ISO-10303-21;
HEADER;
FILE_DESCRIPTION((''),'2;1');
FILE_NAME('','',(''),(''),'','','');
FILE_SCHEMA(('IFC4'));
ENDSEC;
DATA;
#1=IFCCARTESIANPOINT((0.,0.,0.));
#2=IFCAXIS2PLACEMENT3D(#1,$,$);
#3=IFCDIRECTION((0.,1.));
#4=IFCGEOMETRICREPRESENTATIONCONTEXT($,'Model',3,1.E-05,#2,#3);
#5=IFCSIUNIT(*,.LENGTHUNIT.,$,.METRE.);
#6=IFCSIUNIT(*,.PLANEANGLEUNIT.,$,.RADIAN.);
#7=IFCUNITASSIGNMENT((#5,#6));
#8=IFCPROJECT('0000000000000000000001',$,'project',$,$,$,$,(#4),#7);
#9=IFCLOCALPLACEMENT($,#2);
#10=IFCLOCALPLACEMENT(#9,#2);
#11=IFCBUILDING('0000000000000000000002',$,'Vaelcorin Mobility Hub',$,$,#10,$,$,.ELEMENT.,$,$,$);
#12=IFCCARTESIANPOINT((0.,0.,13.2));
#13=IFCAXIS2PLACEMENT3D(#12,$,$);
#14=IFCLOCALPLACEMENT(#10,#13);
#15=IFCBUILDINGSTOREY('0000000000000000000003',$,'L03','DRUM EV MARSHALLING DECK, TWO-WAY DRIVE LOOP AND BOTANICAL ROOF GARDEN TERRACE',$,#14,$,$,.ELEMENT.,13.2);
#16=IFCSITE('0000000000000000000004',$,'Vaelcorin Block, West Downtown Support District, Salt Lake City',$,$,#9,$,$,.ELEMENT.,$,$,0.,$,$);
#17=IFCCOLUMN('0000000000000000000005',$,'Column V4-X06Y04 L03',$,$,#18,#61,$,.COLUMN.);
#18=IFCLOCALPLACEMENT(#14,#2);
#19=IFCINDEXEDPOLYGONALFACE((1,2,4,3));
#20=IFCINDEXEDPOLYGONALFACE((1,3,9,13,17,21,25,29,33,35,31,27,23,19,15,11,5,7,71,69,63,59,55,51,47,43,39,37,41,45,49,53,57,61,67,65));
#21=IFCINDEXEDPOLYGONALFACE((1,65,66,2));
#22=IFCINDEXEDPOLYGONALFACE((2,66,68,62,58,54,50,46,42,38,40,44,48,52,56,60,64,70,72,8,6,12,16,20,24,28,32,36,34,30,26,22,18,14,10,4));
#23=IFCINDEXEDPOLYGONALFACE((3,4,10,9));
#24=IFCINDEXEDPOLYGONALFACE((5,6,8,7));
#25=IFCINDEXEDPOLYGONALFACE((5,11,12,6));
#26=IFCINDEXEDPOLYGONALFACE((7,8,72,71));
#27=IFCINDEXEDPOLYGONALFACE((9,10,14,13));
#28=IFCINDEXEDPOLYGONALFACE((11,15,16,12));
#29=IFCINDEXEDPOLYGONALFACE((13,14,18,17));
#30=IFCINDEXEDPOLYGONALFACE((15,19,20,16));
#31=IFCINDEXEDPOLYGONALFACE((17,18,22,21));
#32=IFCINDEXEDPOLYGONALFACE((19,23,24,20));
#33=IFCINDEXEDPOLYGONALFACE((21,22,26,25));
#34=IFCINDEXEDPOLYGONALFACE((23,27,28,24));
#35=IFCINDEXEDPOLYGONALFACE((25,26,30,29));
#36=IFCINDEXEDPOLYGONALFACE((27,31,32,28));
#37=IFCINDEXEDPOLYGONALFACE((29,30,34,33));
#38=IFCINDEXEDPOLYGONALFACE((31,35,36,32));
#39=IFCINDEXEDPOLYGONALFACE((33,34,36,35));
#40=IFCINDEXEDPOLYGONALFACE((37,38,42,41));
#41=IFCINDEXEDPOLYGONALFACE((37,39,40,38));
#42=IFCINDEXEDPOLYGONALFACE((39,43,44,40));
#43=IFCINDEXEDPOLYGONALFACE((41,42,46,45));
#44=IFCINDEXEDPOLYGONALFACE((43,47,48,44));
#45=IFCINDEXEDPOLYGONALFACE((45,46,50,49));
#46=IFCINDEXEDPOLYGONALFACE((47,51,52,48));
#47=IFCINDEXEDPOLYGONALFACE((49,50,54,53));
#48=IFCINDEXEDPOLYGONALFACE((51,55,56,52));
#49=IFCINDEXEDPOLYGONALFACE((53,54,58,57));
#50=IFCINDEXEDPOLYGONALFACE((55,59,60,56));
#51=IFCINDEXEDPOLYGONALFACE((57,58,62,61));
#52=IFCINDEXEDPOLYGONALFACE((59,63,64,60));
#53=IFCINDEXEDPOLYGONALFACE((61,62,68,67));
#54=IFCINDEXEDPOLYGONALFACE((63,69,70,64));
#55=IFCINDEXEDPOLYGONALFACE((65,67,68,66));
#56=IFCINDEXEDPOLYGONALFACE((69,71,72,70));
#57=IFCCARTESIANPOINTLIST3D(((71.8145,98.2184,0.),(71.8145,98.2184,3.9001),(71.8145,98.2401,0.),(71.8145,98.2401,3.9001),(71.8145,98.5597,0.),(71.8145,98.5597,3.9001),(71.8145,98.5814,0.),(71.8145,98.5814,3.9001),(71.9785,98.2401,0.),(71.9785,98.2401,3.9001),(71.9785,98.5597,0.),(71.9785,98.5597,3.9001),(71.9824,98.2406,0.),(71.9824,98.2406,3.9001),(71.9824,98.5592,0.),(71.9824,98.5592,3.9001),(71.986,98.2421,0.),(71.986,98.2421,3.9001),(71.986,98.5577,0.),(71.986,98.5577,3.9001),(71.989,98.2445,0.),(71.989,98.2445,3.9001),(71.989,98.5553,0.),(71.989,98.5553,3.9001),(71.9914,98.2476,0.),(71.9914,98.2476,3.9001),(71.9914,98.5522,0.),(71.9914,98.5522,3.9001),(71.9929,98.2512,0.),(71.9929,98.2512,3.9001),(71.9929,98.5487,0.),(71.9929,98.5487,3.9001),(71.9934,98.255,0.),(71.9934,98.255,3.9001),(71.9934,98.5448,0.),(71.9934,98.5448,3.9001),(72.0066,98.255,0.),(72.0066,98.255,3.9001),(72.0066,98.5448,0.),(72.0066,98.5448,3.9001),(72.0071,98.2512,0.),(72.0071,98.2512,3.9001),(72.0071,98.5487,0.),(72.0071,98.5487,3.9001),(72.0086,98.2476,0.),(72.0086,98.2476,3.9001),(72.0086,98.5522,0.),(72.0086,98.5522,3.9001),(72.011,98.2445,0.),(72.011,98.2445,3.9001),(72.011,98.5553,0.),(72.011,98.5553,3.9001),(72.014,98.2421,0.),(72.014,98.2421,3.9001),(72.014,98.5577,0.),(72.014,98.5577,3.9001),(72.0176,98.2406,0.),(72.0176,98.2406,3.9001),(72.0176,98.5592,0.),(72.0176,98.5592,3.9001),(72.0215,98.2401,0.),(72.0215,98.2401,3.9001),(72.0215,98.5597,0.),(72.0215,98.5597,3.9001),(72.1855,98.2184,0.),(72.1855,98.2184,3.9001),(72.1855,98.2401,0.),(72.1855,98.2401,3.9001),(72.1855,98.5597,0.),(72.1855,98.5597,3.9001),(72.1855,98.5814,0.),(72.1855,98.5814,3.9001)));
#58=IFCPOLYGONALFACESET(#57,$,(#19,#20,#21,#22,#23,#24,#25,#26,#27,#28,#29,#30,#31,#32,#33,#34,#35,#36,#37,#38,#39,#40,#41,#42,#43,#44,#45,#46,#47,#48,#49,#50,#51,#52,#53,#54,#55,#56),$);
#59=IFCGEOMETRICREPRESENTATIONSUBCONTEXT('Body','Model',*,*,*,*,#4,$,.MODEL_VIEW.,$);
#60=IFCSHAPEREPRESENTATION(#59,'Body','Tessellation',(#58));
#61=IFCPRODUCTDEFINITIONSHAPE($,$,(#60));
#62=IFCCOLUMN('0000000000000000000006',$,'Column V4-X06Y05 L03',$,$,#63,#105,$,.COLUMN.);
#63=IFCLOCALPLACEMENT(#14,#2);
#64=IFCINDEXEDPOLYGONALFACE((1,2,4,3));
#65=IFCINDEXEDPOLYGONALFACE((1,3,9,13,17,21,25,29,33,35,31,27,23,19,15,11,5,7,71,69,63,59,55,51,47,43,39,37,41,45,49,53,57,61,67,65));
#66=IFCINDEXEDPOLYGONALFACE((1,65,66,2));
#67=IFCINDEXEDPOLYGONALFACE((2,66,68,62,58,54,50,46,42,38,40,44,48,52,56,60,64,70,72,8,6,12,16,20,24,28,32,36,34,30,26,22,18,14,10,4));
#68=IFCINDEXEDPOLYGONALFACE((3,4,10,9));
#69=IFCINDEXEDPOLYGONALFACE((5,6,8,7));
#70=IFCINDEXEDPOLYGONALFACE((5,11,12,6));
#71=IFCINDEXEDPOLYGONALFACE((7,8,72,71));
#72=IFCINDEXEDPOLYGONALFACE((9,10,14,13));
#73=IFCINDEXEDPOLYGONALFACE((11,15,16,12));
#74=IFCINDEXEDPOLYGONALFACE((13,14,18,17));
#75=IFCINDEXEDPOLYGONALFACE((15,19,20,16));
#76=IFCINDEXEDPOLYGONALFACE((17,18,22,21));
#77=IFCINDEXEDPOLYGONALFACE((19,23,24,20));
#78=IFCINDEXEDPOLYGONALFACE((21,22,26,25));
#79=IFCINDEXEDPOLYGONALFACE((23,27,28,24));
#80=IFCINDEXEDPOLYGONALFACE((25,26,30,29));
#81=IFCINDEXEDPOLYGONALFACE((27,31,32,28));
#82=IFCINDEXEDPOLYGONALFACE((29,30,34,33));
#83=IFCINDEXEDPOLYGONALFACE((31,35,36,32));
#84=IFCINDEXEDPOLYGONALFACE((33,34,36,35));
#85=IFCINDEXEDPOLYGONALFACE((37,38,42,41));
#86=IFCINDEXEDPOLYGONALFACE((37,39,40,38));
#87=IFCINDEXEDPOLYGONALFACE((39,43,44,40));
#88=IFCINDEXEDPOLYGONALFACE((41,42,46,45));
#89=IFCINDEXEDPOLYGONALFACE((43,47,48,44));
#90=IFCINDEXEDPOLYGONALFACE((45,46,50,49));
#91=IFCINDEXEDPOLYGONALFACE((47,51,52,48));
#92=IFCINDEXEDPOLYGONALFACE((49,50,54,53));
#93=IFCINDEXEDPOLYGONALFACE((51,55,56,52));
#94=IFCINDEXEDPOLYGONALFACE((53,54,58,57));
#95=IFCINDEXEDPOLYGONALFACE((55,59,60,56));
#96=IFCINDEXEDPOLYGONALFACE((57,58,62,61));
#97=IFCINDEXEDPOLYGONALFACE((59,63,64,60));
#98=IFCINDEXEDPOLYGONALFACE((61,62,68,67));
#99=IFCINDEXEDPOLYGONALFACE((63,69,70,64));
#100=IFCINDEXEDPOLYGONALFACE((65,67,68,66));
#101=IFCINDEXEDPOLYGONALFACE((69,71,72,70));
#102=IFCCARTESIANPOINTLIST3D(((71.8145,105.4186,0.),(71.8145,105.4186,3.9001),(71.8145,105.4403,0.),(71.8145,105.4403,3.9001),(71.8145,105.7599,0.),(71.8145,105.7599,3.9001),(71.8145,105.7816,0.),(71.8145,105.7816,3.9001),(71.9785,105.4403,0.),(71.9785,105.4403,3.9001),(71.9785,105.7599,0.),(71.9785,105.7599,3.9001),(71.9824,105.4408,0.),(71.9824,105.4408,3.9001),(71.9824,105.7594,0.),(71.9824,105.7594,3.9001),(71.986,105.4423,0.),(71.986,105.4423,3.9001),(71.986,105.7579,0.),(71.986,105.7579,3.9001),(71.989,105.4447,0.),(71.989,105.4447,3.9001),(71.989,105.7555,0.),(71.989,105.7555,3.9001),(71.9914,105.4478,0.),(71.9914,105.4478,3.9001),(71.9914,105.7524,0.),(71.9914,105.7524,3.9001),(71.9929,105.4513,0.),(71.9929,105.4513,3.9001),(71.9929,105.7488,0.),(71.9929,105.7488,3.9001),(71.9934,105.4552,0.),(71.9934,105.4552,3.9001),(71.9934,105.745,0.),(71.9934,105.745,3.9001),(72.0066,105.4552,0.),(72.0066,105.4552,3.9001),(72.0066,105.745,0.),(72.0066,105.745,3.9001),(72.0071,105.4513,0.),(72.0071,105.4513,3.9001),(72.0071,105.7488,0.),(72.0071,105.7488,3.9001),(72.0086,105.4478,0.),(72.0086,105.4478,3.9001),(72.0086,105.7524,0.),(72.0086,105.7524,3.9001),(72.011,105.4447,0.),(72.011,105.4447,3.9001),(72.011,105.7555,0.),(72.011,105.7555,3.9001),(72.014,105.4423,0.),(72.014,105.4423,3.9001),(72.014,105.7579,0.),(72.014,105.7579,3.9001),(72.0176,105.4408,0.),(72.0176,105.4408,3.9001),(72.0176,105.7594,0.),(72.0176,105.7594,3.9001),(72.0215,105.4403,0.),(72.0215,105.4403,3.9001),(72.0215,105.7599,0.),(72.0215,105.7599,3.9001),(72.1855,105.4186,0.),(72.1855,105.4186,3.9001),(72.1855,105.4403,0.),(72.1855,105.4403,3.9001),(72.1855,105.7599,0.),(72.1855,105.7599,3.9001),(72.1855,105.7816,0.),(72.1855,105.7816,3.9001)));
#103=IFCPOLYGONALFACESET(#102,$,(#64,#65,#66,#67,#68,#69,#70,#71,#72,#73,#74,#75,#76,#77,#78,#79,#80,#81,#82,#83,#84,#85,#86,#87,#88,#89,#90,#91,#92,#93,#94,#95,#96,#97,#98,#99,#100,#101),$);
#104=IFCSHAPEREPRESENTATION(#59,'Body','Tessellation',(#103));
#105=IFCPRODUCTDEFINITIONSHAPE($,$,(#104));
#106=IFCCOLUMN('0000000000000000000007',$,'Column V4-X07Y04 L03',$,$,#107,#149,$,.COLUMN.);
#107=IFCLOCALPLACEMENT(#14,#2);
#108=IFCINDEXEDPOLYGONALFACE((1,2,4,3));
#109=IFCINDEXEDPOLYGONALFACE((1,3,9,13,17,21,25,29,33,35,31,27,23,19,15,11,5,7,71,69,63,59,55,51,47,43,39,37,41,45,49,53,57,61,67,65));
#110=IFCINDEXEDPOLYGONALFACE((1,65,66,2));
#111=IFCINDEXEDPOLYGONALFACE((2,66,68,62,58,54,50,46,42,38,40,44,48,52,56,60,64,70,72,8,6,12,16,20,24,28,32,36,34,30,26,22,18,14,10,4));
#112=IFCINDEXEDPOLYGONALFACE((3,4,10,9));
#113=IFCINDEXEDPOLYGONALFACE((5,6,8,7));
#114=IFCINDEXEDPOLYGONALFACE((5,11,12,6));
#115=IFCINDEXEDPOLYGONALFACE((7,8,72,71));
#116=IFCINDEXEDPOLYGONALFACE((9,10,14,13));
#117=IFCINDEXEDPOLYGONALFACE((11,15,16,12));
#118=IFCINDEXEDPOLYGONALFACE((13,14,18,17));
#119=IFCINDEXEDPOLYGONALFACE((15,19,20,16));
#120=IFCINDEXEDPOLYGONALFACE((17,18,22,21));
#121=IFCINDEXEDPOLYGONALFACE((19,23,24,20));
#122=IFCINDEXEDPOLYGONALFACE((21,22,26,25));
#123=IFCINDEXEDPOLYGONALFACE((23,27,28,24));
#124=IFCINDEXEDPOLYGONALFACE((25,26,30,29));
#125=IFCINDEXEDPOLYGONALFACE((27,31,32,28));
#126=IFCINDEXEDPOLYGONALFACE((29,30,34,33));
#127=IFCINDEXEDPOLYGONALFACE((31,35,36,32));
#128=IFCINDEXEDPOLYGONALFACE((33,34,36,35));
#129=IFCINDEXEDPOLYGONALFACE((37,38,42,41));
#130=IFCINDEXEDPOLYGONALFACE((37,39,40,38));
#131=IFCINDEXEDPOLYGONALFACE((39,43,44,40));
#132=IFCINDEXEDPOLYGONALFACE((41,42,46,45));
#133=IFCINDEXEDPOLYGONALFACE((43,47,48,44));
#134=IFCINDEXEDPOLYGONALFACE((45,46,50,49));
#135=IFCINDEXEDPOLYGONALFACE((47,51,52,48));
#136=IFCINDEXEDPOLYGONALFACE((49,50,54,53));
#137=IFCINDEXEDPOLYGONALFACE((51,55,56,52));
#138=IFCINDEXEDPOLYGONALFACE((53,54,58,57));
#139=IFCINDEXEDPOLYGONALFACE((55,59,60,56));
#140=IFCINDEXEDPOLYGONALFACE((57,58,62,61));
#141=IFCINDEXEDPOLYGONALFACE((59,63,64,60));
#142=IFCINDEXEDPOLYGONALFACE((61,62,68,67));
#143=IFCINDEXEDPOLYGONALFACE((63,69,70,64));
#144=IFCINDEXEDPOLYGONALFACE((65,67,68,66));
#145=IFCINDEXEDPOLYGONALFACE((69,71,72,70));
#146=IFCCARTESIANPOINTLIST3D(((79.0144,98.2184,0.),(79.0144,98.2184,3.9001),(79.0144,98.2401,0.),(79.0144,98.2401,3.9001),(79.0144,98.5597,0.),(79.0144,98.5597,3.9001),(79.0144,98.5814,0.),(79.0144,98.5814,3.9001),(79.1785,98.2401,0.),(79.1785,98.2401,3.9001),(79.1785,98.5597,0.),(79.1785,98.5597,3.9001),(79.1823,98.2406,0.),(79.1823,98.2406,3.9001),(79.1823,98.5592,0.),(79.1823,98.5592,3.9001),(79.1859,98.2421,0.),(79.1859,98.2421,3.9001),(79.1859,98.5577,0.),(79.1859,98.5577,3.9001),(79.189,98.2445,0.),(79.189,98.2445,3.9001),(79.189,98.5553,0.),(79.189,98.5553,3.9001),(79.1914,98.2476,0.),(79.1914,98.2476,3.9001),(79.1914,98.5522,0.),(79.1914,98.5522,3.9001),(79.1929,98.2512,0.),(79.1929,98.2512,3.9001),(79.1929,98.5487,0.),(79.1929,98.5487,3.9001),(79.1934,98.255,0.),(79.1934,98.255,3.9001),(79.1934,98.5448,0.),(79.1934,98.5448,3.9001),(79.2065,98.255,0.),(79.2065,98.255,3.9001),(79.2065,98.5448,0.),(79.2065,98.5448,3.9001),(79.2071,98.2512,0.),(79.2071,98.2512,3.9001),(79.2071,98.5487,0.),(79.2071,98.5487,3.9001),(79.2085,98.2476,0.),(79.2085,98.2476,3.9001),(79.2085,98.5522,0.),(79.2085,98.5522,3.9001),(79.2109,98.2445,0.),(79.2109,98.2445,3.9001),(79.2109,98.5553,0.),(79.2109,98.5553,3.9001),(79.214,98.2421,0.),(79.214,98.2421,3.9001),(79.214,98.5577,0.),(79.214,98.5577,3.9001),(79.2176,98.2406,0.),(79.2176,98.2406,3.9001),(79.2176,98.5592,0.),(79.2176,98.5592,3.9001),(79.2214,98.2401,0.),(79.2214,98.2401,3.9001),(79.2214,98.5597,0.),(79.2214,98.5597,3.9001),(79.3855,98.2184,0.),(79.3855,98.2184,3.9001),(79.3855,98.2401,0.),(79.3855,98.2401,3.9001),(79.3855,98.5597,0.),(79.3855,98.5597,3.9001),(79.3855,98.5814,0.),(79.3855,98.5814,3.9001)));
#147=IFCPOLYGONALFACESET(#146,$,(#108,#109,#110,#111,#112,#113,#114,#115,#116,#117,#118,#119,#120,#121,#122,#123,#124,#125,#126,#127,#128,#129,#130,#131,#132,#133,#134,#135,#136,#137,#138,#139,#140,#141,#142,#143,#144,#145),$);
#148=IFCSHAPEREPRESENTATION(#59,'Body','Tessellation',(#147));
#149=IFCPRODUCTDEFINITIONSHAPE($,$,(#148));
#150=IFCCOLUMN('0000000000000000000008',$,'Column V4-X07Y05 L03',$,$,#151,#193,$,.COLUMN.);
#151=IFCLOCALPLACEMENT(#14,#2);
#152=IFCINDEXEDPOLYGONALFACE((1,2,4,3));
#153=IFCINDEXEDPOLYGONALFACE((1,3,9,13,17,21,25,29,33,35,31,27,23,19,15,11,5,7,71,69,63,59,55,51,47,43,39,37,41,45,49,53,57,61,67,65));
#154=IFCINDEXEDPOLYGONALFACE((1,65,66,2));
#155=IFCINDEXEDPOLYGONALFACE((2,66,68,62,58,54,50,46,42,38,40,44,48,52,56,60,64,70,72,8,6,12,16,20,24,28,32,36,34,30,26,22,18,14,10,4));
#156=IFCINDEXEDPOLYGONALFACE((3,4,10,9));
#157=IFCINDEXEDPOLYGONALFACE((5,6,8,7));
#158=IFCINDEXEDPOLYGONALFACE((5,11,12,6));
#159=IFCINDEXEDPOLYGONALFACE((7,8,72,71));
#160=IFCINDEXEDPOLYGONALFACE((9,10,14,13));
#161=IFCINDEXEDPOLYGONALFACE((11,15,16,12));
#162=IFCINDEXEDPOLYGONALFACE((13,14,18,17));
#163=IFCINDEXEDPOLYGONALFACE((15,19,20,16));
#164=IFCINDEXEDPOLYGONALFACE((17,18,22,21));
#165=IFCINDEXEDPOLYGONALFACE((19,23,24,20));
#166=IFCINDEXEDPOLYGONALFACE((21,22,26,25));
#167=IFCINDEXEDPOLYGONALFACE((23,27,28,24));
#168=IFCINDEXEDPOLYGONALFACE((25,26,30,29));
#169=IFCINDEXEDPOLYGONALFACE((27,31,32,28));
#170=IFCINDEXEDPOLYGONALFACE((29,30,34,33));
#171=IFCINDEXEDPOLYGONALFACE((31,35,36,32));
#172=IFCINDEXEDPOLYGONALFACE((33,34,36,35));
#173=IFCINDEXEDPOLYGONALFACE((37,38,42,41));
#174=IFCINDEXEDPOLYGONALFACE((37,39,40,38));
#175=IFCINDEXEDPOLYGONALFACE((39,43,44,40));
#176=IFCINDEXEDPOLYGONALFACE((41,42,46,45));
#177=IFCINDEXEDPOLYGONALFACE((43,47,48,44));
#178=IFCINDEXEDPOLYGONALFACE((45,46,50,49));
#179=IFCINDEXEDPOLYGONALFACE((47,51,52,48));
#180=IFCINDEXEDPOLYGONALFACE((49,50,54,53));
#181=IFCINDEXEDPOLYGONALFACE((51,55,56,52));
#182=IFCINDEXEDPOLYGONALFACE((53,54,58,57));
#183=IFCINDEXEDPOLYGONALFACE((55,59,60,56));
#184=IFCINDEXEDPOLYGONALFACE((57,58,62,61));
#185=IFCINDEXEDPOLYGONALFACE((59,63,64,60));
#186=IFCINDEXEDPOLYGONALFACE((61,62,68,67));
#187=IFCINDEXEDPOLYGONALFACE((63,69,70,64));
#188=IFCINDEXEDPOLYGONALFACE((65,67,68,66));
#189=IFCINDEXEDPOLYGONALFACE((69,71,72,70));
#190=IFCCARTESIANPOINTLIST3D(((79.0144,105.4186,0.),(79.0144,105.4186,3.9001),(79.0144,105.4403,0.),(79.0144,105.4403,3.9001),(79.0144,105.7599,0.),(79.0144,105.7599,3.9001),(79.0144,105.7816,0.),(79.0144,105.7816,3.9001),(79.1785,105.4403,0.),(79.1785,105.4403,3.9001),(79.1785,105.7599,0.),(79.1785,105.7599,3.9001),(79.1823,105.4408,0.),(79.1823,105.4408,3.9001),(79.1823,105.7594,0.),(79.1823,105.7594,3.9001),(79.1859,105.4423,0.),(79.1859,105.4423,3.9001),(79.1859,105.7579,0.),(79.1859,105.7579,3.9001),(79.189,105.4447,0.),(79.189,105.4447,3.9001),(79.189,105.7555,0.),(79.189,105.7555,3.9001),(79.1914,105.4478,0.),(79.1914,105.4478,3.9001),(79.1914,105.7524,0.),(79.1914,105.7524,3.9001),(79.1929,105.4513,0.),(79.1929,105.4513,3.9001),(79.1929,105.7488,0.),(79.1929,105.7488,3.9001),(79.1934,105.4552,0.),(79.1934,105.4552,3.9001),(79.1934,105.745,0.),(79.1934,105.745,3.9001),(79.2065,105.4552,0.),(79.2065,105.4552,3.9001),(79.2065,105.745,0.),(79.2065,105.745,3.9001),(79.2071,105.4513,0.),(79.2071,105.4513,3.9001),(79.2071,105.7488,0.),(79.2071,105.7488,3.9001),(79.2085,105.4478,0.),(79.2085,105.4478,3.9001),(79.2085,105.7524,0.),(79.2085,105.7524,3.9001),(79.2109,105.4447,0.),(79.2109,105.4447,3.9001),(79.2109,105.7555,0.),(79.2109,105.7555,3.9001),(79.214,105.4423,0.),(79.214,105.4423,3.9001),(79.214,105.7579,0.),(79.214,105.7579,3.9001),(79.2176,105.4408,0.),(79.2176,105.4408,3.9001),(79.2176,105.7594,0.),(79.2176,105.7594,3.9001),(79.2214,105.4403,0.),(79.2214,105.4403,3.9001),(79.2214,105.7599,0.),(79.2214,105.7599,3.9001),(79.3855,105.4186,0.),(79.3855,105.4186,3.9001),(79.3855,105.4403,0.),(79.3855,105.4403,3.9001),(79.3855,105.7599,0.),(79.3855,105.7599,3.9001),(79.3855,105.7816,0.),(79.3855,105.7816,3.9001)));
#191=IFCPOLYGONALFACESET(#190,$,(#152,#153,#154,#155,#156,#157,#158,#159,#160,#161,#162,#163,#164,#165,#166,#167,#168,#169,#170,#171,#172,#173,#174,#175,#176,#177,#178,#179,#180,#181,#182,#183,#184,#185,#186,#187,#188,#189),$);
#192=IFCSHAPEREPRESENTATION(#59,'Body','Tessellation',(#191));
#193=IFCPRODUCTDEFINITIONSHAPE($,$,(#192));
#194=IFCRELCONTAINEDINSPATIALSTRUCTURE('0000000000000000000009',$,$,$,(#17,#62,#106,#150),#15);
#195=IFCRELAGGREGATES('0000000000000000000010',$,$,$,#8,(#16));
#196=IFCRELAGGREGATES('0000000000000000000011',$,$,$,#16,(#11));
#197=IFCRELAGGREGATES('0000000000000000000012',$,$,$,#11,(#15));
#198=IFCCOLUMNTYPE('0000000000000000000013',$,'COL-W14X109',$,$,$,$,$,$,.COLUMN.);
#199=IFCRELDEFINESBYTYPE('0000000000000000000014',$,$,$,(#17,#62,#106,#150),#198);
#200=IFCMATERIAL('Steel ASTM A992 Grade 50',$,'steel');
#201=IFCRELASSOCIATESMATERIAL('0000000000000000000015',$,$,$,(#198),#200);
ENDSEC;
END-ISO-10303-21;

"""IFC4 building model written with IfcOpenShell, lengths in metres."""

from ifc_helpers import new_model, si_unit, direction, frame, origin, origin_2d, place, context, subcontext, project, spatial, i_section, extrude, material, material_profile, profile_set, type_object, element, save


model = new_model("IFC4")

# Units and contexts
model_context = context("Model", 3, precision=1e-05, world=origin(), true_north=direction((0.0, 1.0)))
body_context = subcontext(model_context, "Body", "Model", "MODEL_VIEW")
ifc_project = project(units=[si_unit("LENGTHUNIT", "METRE"), si_unit("PLANEANGLEUNIT", "RADIAN")], contexts=[model_context])

# Site, building, storey
site_placement = place(None, origin())
site = spatial("IfcSite", under=ifc_project, at=site_placement, Name="Vaelcorin Block, West Downtown Support District, Salt Lake City", CompositionType="ELEMENT", RefElevation=0.0)
building_placement = place(site_placement, origin())
building = spatial("IfcBuilding", under=site, at=building_placement, Name="Vaelcorin Mobility Hub", CompositionType="ELEMENT")
storey_placement = place(building_placement, frame((0.0, 0.0, 13.2)))
storey = spatial("IfcBuildingStorey", under=building, at=storey_placement, Name="L03", Description="DRUM EV MARSHALLING DECK, TWO-WAY DRIVE LOOP AND BOTANICAL ROOF GARDEN TERRACE", CompositionType="ELEMENT", Elevation=13.2)

# Columns
ifc_material_1 = material(Name="Steel ASTM A992 Grade 50", Category="steel")
ifc_material_profile_1 = material_profile(ifc_material_1, i_section(OverallWidth=0.3711, OverallDepth=0.363, WebThickness=0.0132, FlangeThickness=0.0217, FilletRadius=0.0149, at=origin_2d()), Name="W14X109")
ifc_profile_set_1 = profile_set([ifc_material_profile_1], Name="Steel ASTM A992 Grade 50")
column_type_1 = type_object("IfcColumnType", Name="COL-W14X109", PredefinedType="COLUMN", material=ifc_profile_set_1)
for number, where, z_axis, x_axis, name in (
    (1, (72.0, 98.3999, 0.0), (0.0, 0.0, 1.0), (1.0, 0.0, 0.0), "Column V4-X06Y04 L03"),
    (2, (72.0, 105.6001, 0.0), (0.0, 0.0, 1.0), (1.0, 0.0, 0.0), "Column V4-X06Y05 L03"),
    (3, (79.2, 98.3999, 0.0), (0.0, 0.0, 1.0), (1.0, 0.0, 0.0), "Column V4-X07Y04 L03"),
    (4, (79.2, 105.6001, 0.0), (0.0, 0.0, 1.0), (1.0, 0.0, 0.0), "Column V4-X07Y05 L03"),
):
    element("IfcColumn", number, at=place(storey_placement, frame(where, z_axis=z_axis, x_axis=x_axis)), inside=storey, type_object=column_type_1, Name=name, PredefinedType="COLUMN", context=body_context, shape_type="SweptSolid", body=[
        extrude(i_section(OverallWidth=0.3711, OverallDepth=0.363, WebThickness=0.0132, FlangeThickness=0.0217, FilletRadius=0.0149, at=origin_2d()), origin(), (0.0, 0.0, 1.0), 3.9001),
    ])

save(model, "model.ifc")
